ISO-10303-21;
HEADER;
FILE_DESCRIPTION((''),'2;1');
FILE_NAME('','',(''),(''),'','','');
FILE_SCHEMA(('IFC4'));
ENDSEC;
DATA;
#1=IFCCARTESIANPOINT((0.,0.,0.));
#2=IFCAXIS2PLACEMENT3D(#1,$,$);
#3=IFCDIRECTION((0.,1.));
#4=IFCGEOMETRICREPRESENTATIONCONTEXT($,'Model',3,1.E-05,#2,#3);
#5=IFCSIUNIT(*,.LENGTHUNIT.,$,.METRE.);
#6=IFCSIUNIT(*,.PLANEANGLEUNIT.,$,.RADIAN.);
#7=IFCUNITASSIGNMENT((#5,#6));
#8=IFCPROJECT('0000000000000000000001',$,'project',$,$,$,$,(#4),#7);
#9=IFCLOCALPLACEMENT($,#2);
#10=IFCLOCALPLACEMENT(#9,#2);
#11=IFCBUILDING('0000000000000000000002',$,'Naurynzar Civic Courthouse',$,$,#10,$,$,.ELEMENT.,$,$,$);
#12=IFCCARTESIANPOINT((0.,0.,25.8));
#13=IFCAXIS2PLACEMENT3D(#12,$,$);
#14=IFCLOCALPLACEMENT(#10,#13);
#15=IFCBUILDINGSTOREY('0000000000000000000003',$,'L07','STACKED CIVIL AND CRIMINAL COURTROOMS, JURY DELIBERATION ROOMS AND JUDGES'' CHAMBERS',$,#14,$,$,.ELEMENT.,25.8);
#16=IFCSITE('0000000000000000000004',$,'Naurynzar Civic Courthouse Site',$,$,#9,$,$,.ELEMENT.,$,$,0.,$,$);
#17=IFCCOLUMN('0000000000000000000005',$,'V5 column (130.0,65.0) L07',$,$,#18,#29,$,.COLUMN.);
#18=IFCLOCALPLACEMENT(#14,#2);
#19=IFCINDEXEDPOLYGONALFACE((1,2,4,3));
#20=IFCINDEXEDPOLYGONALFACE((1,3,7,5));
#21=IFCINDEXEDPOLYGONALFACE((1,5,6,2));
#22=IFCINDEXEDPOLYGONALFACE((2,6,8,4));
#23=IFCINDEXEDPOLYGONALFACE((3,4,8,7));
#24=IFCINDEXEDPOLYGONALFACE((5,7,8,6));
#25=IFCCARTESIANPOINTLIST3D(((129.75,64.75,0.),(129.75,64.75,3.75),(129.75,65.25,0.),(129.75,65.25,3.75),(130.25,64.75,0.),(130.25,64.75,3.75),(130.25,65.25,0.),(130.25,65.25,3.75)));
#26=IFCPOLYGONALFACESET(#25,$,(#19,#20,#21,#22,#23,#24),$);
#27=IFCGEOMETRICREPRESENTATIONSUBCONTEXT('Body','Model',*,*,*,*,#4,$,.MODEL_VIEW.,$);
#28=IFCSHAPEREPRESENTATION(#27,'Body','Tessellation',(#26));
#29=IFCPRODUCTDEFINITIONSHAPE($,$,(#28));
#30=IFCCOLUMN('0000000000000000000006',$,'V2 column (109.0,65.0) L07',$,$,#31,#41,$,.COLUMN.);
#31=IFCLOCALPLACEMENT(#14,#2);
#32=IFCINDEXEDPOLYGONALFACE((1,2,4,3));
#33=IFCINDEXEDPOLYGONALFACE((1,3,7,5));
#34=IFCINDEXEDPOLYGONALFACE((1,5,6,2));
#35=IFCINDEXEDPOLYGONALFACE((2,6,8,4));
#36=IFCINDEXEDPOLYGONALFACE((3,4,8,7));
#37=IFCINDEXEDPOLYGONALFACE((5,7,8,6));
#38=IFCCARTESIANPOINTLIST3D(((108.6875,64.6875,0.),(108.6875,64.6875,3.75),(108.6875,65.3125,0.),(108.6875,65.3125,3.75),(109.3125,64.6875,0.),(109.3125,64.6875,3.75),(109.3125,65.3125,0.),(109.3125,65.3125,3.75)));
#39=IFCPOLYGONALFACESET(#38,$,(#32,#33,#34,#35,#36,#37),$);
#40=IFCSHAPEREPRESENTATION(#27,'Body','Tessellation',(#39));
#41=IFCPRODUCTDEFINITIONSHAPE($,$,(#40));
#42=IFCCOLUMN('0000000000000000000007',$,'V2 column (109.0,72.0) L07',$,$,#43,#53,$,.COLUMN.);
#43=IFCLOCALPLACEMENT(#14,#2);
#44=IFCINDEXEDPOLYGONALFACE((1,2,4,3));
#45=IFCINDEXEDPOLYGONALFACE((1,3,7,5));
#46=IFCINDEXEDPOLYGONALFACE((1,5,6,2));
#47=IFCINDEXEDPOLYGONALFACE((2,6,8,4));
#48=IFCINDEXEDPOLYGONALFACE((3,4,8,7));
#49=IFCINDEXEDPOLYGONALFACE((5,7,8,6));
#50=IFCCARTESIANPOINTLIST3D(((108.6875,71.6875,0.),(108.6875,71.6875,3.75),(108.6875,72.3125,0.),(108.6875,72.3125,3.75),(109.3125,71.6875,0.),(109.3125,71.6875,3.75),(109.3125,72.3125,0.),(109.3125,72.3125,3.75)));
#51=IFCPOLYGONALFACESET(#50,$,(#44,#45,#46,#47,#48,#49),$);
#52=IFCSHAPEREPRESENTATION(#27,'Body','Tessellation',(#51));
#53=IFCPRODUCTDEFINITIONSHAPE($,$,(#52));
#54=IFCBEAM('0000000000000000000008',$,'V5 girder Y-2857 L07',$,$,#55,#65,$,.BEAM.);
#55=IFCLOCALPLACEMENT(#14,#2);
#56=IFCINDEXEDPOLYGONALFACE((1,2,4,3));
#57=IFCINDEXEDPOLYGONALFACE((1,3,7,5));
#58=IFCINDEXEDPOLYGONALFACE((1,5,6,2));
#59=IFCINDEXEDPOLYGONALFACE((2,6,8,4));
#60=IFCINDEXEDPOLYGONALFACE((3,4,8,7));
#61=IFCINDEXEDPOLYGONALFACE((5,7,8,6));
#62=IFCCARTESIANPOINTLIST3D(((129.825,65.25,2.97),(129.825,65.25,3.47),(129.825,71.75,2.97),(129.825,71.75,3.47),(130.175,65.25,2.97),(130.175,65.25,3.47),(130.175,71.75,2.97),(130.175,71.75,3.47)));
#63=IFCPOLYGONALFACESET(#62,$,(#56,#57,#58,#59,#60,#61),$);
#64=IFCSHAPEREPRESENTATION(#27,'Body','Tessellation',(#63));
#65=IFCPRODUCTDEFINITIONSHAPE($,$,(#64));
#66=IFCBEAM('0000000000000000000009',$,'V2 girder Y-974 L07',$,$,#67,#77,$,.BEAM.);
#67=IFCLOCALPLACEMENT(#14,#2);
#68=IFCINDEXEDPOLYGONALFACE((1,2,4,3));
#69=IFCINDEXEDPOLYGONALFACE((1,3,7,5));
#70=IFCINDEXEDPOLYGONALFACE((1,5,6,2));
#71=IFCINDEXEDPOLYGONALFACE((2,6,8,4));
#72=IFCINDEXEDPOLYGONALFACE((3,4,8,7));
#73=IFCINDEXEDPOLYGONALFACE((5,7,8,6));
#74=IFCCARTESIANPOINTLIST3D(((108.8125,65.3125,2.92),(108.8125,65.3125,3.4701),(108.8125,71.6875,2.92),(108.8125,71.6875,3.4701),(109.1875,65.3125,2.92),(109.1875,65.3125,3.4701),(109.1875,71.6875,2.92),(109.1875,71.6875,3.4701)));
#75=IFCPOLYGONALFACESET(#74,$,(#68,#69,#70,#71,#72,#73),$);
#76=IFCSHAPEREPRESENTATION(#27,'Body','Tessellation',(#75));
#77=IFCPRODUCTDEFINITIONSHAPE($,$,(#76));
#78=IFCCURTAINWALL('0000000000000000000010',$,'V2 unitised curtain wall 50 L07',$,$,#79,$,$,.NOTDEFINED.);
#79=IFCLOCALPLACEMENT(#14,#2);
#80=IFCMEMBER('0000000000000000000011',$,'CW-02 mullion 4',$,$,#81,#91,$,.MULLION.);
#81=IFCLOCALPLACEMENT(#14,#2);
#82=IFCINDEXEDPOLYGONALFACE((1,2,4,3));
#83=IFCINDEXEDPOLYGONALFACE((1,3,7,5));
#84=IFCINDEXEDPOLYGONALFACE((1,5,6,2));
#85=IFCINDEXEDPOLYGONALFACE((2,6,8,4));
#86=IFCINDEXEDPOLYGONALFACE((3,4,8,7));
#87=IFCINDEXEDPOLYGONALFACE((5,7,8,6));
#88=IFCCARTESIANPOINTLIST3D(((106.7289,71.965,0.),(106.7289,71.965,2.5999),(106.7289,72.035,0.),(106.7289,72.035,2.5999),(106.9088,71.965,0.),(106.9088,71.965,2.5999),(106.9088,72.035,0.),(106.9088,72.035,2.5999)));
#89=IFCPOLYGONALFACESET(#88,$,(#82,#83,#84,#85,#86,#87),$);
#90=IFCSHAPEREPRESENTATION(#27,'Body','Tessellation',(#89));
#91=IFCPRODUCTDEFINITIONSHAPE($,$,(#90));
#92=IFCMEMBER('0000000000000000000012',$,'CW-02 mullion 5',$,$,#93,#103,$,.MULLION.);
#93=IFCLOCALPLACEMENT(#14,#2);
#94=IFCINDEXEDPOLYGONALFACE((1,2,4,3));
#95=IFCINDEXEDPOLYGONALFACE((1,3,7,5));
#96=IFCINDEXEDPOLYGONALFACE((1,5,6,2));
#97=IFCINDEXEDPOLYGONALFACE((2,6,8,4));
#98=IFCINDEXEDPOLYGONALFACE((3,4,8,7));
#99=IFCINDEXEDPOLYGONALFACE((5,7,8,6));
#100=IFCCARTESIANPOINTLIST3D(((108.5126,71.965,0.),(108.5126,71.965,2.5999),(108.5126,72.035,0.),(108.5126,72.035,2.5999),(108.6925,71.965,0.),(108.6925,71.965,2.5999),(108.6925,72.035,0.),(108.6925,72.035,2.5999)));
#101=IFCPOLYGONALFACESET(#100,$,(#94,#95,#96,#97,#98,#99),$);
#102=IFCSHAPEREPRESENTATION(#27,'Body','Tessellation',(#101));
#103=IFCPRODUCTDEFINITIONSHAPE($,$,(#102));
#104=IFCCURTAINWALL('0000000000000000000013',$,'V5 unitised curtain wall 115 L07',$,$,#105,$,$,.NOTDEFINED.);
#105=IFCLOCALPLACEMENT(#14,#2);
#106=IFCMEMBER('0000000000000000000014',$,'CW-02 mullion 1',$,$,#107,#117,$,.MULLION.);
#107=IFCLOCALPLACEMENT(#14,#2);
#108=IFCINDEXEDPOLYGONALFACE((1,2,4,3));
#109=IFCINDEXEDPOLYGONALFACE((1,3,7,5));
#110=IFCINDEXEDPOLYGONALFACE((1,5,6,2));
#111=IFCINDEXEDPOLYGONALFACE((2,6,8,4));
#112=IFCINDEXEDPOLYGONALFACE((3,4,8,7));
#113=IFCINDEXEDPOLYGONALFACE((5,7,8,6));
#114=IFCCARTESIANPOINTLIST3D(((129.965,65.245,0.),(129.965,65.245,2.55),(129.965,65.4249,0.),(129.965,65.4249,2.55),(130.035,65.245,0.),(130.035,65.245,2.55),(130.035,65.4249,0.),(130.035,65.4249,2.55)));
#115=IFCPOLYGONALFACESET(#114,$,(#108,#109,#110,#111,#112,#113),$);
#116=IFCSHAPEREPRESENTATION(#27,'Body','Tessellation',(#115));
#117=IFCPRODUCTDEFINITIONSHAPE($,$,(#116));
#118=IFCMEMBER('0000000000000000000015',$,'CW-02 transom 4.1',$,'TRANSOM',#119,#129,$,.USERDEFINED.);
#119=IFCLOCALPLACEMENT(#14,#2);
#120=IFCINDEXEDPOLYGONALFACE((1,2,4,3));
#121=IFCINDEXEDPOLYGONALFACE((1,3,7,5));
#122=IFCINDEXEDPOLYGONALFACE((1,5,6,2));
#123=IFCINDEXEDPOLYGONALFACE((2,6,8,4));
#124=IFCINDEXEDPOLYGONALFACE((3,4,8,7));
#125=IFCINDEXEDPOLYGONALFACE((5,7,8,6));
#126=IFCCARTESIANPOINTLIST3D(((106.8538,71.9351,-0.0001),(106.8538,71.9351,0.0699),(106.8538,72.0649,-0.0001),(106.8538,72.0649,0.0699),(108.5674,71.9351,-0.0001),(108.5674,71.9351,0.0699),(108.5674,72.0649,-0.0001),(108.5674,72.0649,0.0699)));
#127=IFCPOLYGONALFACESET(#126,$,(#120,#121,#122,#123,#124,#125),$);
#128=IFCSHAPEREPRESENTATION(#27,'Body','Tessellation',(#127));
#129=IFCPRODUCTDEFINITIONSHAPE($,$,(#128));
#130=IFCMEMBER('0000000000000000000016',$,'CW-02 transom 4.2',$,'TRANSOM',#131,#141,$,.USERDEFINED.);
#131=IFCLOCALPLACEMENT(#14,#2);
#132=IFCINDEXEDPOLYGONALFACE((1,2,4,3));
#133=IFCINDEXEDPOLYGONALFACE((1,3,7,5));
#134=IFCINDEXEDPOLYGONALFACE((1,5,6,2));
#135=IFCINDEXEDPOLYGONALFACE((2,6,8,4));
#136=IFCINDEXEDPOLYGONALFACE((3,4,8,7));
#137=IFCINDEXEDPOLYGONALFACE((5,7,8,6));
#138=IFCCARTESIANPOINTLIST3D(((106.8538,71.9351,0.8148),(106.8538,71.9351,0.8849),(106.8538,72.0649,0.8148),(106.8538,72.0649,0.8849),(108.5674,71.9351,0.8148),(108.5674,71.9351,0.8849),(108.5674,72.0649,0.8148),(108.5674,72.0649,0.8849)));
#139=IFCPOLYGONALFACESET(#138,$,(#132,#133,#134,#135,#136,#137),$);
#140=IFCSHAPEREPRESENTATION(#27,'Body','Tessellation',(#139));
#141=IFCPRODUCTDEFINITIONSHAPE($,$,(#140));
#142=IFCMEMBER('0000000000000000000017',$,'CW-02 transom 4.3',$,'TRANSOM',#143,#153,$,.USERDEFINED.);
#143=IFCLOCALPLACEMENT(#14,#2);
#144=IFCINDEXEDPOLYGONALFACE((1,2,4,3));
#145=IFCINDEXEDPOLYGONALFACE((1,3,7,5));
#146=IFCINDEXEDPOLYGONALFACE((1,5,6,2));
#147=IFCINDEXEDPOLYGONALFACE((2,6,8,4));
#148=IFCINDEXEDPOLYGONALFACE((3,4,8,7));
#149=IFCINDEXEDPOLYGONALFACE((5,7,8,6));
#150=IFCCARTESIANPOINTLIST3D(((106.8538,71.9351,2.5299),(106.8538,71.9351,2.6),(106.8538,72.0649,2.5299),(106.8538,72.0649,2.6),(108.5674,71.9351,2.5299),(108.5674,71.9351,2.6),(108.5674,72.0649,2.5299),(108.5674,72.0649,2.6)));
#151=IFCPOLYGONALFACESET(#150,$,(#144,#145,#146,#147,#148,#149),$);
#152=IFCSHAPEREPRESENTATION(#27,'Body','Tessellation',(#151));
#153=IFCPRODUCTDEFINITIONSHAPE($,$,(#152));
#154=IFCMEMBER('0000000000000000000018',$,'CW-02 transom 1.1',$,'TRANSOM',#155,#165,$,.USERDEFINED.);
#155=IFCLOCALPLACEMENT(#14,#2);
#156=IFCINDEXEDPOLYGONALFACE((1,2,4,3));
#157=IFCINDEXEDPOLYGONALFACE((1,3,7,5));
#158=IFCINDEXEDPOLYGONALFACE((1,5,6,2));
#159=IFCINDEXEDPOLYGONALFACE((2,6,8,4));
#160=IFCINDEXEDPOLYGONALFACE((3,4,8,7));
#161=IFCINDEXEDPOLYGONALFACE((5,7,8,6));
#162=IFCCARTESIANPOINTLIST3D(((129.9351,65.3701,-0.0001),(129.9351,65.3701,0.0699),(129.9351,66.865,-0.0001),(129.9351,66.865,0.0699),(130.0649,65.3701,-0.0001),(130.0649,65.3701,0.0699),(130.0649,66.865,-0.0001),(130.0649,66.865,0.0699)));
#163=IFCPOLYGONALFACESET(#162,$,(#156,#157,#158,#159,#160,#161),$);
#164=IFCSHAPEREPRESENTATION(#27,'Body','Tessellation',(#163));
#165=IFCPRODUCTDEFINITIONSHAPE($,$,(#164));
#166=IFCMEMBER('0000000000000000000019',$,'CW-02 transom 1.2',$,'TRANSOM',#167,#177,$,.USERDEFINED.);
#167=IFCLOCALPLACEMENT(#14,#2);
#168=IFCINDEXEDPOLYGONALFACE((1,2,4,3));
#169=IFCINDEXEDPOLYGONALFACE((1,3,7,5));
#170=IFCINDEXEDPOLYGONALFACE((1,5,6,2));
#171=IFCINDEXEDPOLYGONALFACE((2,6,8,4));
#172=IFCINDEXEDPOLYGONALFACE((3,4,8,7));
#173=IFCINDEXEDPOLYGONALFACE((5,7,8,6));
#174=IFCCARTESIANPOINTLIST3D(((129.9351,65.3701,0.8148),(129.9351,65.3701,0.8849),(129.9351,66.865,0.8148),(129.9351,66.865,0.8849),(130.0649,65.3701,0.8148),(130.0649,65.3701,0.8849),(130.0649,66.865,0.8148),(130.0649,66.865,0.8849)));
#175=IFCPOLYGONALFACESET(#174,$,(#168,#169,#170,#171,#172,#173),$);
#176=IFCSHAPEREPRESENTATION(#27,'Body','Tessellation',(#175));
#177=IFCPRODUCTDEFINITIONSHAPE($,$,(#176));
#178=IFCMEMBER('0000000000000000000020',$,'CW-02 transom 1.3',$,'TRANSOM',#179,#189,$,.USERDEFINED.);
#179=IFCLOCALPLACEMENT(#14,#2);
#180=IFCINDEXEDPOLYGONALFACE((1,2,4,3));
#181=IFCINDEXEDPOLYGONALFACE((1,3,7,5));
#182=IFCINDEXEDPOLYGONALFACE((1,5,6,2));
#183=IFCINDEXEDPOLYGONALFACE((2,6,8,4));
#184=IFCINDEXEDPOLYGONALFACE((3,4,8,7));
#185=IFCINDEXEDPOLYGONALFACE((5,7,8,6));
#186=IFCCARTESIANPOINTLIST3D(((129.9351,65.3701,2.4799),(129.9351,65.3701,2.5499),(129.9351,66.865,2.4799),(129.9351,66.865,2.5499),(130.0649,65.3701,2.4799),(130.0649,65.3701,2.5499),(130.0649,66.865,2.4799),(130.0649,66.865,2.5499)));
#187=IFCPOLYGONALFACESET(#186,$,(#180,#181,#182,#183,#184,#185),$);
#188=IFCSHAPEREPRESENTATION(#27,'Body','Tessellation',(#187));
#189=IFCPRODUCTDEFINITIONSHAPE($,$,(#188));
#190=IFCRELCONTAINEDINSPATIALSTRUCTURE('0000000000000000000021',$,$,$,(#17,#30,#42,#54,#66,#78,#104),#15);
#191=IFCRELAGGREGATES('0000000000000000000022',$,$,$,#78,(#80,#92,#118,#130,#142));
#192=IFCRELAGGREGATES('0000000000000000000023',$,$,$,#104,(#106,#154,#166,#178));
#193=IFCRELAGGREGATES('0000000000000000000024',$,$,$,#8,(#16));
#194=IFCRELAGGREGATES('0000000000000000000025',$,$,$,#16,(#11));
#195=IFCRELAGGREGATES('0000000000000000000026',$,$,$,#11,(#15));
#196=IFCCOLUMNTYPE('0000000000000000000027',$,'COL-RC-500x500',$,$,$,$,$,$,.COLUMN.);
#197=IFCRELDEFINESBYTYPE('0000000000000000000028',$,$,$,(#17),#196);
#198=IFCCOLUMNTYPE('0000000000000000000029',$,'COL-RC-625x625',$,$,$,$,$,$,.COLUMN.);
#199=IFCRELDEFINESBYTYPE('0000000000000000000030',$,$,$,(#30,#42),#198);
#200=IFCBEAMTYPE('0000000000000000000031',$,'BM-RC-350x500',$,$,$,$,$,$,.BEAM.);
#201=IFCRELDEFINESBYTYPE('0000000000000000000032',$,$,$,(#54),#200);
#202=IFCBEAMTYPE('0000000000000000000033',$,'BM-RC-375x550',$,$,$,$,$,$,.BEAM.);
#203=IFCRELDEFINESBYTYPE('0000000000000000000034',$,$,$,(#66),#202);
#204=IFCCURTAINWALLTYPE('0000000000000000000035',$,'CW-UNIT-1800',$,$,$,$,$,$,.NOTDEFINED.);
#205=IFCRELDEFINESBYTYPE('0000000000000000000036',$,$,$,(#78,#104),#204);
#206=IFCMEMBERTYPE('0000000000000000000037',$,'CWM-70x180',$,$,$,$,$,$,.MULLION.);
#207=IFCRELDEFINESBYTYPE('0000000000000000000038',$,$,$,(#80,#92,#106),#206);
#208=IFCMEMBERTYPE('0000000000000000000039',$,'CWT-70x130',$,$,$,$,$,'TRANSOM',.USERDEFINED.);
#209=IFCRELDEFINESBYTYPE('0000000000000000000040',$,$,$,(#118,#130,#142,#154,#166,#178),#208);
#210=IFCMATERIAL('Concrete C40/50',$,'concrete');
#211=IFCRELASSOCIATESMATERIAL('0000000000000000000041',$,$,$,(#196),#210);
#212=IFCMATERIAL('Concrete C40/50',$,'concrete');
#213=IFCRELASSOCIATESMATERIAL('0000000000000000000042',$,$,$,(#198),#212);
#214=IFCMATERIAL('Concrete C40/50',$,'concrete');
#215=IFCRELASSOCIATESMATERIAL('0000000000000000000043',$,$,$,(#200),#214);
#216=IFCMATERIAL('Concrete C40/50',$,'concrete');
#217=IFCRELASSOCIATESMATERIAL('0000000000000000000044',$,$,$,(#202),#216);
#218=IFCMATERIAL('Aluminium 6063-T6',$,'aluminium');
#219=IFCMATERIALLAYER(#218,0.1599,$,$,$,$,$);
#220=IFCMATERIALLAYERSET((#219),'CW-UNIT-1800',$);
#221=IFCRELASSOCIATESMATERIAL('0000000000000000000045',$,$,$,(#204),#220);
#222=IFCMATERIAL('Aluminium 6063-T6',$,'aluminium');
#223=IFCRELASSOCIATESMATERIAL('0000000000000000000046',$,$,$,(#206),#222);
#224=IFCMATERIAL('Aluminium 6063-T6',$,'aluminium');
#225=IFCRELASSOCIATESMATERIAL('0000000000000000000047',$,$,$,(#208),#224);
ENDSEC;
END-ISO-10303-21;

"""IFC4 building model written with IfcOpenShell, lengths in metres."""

from ifc_helpers import new_model, si_unit, direction, frame, origin, origin_2d, place, context, subcontext, project, spatial, rectangle, extrude, material, layer, layer_set, material_profile, profile_set, type_object, element, aggregate, save


model = new_model("IFC4")

# Units and contexts
model_context = context("Model", 3, precision=1e-05, world=origin(), true_north=direction((0.0, 1.0)))
body_context = subcontext(model_context, "Body", "Model", "MODEL_VIEW")
ifc_project = project(units=[si_unit("LENGTHUNIT", "METRE"), si_unit("PLANEANGLEUNIT", "RADIAN")], contexts=[model_context])

# Site, building, storey
site_placement = place(None, origin())
site = spatial("IfcSite", under=ifc_project, at=site_placement, Name="Naurynzar Civic Courthouse Site", CompositionType="ELEMENT", RefElevation=0.0)
building_placement = place(site_placement, origin())
building = spatial("IfcBuilding", under=site, at=building_placement, Name="Naurynzar Civic Courthouse", CompositionType="ELEMENT")
storey_placement = place(building_placement, frame((0.0, 0.0, 25.8)))
storey = spatial("IfcBuildingStorey", under=building, at=storey_placement, Name="L07", Description="STACKED CIVIL AND CRIMINAL COURTROOMS, JURY DELIBERATION ROOMS AND JUDGES' CHAMBERS", CompositionType="ELEMENT", Elevation=25.8)

# Columns
ifc_material_1 = material(Name="Concrete C40/50", Category="concrete")
ifc_material_profile_1 = material_profile(ifc_material_1, rectangle(XDim=0.5, YDim=0.5, at=origin_2d()), Name="RC 500x500")
ifc_profile_set_1 = profile_set([ifc_material_profile_1], Name="Concrete C40/50")
column_type_1 = type_object("IfcColumnType", Name="COL-RC-500x500", PredefinedType="COLUMN", material=ifc_profile_set_1)
column_placement = place(storey_placement, frame((130.0, 65.0, 0.0), z_axis=(0.0, 0.0, 1.0), x_axis=(1.0, 0.0, 0.0)))
element("IfcColumn", 1, at=column_placement, inside=storey, type_object=column_type_1, Name="V5 column (130.0,65.0) L07", PredefinedType="COLUMN", context=body_context, shape_type="SweptSolid", body=[
    extrude(rectangle(XDim=0.5, YDim=0.5, at=origin_2d()), origin(), (0.0, 0.0, 1.0), 3.75),
])
ifc_material_2 = material(Name="Concrete C40/50", Category="concrete")
ifc_material_profile_2 = material_profile(ifc_material_2, rectangle(XDim=0.625, YDim=0.625, at=origin_2d()), Name="RC 625x625")
ifc_profile_set_2 = profile_set([ifc_material_profile_2], Name="Concrete C40/50")
column_type_2 = type_object("IfcColumnType", Name="COL-RC-625x625", PredefinedType="COLUMN", material=ifc_profile_set_2)
for number, where, z_axis, x_axis, name in (
    (2, (109.0, 65.0, 0.0), (0.0, 0.0, 1.0), (1.0, 0.0, 0.0), "V2 column (109.0,65.0) L07"),
    (3, (109.0, 72.0, 0.0), (0.0, 0.0, 1.0), (1.0, 0.0, 0.0), "V2 column (109.0,72.0) L07"),
):
    element("IfcColumn", number, at=place(storey_placement, frame(where, z_axis=z_axis, x_axis=x_axis)), inside=storey, type_object=column_type_2, Name=name, PredefinedType="COLUMN", context=body_context, shape_type="SweptSolid", body=[
        extrude(rectangle(XDim=0.625, YDim=0.625, at=origin_2d()), origin(), (0.0, 0.0, 1.0), 3.75),
    ])

# Beams
ifc_material_3 = material(Name="Concrete C40/50", Category="concrete")
ifc_material_profile_3 = material_profile(ifc_material_3, rectangle(XDim=0.3501, YDim=0.5, at=origin_2d()), Name="RCB 350x500")
ifc_profile_set_3 = profile_set([ifc_material_profile_3], Name="Concrete C40/50")
beam_type_1 = type_object("IfcBeamType", Name="BM-RC-350x500", PredefinedType="BEAM", material=ifc_profile_set_3)
beam_1_placement = place(storey_placement, frame((130.0, 65.25, 3.22), z_axis=(0.0, 1.0, 0.0), x_axis=(-1.0, 0.0, 0.0)))
element("IfcBeam", 4, at=beam_1_placement, inside=storey, type_object=beam_type_1, Name="V5 girder Y-2857 L07", PredefinedType="BEAM", context=body_context, shape_type="SweptSolid", body=[
    extrude(rectangle(XDim=0.3501, YDim=0.5, at=origin_2d()), origin(), (0.0, 0.0, 1.0), 6.5),
])
ifc_material_4 = material(Name="Concrete C40/50", Category="concrete")
ifc_material_profile_4 = material_profile(ifc_material_4, rectangle(XDim=0.375, YDim=0.55, at=origin_2d()), Name="RCB 375x550")
ifc_profile_set_4 = profile_set([ifc_material_profile_4], Name="Concrete C40/50")
beam_type_2 = type_object("IfcBeamType", Name="BM-RC-375x550", PredefinedType="BEAM", material=ifc_profile_set_4)
beam_2_placement = place(storey_placement, frame((109.0, 65.3125, 3.1951), z_axis=(0.0, 1.0, 0.0), x_axis=(-1.0, 0.0, 0.0)))
element("IfcBeam", 5, at=beam_2_placement, inside=storey, type_object=beam_type_2, Name="V2 girder Y-974 L07", PredefinedType="BEAM", context=body_context, shape_type="SweptSolid", body=[
    extrude(rectangle(XDim=0.375, YDim=0.55, at=origin_2d()), origin(), (0.0, 0.0, 1.0), 6.375),
])

# Curtain wall, members
ifc_material_5 = material(Name="Aluminium 6063-T6", Category="aluminium")
ifc_layer_1 = layer(ifc_material_5, 0.1599)
ifc_layer_set_1 = layer_set([ifc_layer_1], Name="CW-UNIT-1800")
curtain_wall_type = type_object("IfcCurtainWallType", Name="CW-UNIT-1800", PredefinedType="NOTDEFINED", material=ifc_layer_set_1)
curtain_wall_1_placement = place(storey_placement, origin())
curtain_wall_1 = element("IfcCurtainWall", 6, at=curtain_wall_1_placement, inside=storey, type_object=curtain_wall_type, Name="V2 unitised curtain wall 50 L07", PredefinedType="NOTDEFINED")
ifc_material_6 = material(Name="Aluminium 6063-T6", Category="aluminium")
ifc_material_profile_5 = material_profile(ifc_material_6, rectangle(XDim=0.0701, YDim=0.1799, at=origin_2d()), Name="ALU MULLION 70x180")
ifc_profile_set_5 = profile_set([ifc_material_profile_5], Name="Aluminium 6063-T6")
member_type_1 = type_object("IfcMemberType", Name="CWM-70x180", PredefinedType="MULLION", material=ifc_profile_set_5)
member_1_placement = place(storey_placement, frame((106.8188, 72.0, 0.0), z_axis=(0.0, 0.0, 1.0), x_axis=(0.0, 1.0, 0.0)))
member_1 = element("IfcMember", 7, at=member_1_placement, type_object=member_type_1, Name="CW-02 mullion 4", PredefinedType="MULLION", context=body_context, shape_type="SweptSolid", body=[
    extrude(rectangle(XDim=0.0701, YDim=0.1799, at=origin_2d()), origin(), (0.0, 0.0, 1.0), 2.5999),
])
member_2_placement = place(storey_placement, frame((108.6025, 72.0, 0.0), z_axis=(0.0, 0.0, 1.0), x_axis=(0.0, 1.0, 0.0)))
member_2 = element("IfcMember", 8, at=member_2_placement, type_object=member_type_1, Name="CW-02 mullion 5", PredefinedType="MULLION", context=body_context, shape_type="SweptSolid", body=[
    extrude(rectangle(XDim=0.0701, YDim=0.1799, at=origin_2d()), origin(), (0.0, 0.0, 1.0), 2.5999),
])

# Curtain wall, member
curtain_wall_2_placement = place(storey_placement, origin())
curtain_wall_2 = element("IfcCurtainWall", 9, at=curtain_wall_2_placement, inside=storey, type_object=curtain_wall_type, Name="V5 unitised curtain wall 115 L07", PredefinedType="NOTDEFINED")
member_3_placement = place(storey_placement, frame((130.0, 65.335, 0.0), z_axis=(0.0, 0.0, 1.0), x_axis=(-1.0, 0.0, 0.0)))
member_3 = element("IfcMember", 10, at=member_3_placement, type_object=member_type_1, Name="CW-02 mullion 1", PredefinedType="MULLION", context=body_context, shape_type="SweptSolid", body=[
    extrude(rectangle(XDim=0.0701, YDim=0.1799, at=origin_2d()), origin(), (0.0, 0.0, 1.0), 2.55),
])

# Members
ifc_material_7 = material(Name="Aluminium 6063-T6", Category="aluminium")
ifc_material_profile_6 = material_profile(ifc_material_7, rectangle(XDim=0.1299, YDim=0.0701, at=origin_2d()), Name="ALU TRANSOM 70x130")
ifc_profile_set_6 = profile_set([ifc_material_profile_6], Name="Aluminium 6063-T6")
member_type_2 = type_object("IfcMemberType", Name="CWT-70x130", ElementType="TRANSOM", PredefinedType="USERDEFINED", material=ifc_profile_set_6)
member_4_placement = place(storey_placement, frame((106.8538, 72.0, 0.0349), z_axis=(1.0, 0.0, 0.0), x_axis=(0.0, 1.0, 0.0)))
member_4 = element("IfcMember", 11, at=member_4_placement, type_object=member_type_2, Name="CW-02 transom 4.1", ObjectType="TRANSOM", PredefinedType="USERDEFINED", context=body_context, shape_type="SweptSolid", body=[
    extrude(rectangle(XDim=0.1299, YDim=0.0701, at=origin_2d()), origin(), (0.0, 0.0, 1.0), 1.7136),
])
member_5_placement = place(storey_placement, frame((106.8538, 72.0, 0.8499), z_axis=(1.0, 0.0, 0.0), x_axis=(0.0, 1.0, 0.0)))
member_5 = element("IfcMember", 12, at=member_5_placement, type_object=member_type_2, Name="CW-02 transom 4.2", ObjectType="TRANSOM", PredefinedType="USERDEFINED", context=body_context, shape_type="SweptSolid", body=[
    extrude(rectangle(XDim=0.1299, YDim=0.0701, at=origin_2d()), origin(), (0.0, 0.0, 1.0), 1.7136),
])
member_6_placement = place(storey_placement, frame((106.8538, 72.0, 2.5649), z_axis=(1.0, 0.0, 0.0), x_axis=(0.0, 1.0, 0.0)))
member_6 = element("IfcMember", 13, at=member_6_placement, type_object=member_type_2, Name="CW-02 transom 4.3", ObjectType="TRANSOM", PredefinedType="USERDEFINED", context=body_context, shape_type="SweptSolid", body=[
    extrude(rectangle(XDim=0.1299, YDim=0.0701, at=origin_2d()), origin(), (0.0, 0.0, 1.0), 1.7136),
])
member_7_placement = place(storey_placement, frame((130.0, 65.3701, 0.0349), z_axis=(0.0, 1.0, 0.0), x_axis=(-1.0, 0.0, 0.0)))
member_7 = element("IfcMember", 14, at=member_7_placement, type_object=member_type_2, Name="CW-02 transom 1.1", ObjectType="TRANSOM", PredefinedType="USERDEFINED", context=body_context, shape_type="SweptSolid", body=[
    extrude(rectangle(XDim=0.1299, YDim=0.0701, at=origin_2d()), origin(), (0.0, 0.0, 1.0), 1.4949),
])
member_8_placement = place(storey_placement, frame((130.0, 65.3701, 0.8499), z_axis=(0.0, 1.0, 0.0), x_axis=(-1.0, 0.0, 0.0)))
member_8 = element("IfcMember", 15, at=member_8_placement, type_object=member_type_2, Name="CW-02 transom 1.2", ObjectType="TRANSOM", PredefinedType="USERDEFINED", context=body_context, shape_type="SweptSolid", body=[
    extrude(rectangle(XDim=0.1299, YDim=0.0701, at=origin_2d()), origin(), (0.0, 0.0, 1.0), 1.4949),
])
member_9_placement = place(storey_placement, frame((130.0, 65.3701, 2.5149), z_axis=(0.0, 1.0, 0.0), x_axis=(-1.0, 0.0, 0.0)))
member_9 = element("IfcMember", 16, at=member_9_placement, type_object=member_type_2, Name="CW-02 transom 1.3", ObjectType="TRANSOM", PredefinedType="USERDEFINED", context=body_context, shape_type="SweptSolid", body=[
    extrude(rectangle(XDim=0.1299, YDim=0.0701, at=origin_2d()), origin(), (0.0, 0.0, 1.0), 1.4949),
])

aggregate(curtain_wall_1, [member_1, member_2, member_4, member_5, member_6])
aggregate(curtain_wall_2, [member_3, member_7, member_8, member_9])

save(model, "model.ifc")
